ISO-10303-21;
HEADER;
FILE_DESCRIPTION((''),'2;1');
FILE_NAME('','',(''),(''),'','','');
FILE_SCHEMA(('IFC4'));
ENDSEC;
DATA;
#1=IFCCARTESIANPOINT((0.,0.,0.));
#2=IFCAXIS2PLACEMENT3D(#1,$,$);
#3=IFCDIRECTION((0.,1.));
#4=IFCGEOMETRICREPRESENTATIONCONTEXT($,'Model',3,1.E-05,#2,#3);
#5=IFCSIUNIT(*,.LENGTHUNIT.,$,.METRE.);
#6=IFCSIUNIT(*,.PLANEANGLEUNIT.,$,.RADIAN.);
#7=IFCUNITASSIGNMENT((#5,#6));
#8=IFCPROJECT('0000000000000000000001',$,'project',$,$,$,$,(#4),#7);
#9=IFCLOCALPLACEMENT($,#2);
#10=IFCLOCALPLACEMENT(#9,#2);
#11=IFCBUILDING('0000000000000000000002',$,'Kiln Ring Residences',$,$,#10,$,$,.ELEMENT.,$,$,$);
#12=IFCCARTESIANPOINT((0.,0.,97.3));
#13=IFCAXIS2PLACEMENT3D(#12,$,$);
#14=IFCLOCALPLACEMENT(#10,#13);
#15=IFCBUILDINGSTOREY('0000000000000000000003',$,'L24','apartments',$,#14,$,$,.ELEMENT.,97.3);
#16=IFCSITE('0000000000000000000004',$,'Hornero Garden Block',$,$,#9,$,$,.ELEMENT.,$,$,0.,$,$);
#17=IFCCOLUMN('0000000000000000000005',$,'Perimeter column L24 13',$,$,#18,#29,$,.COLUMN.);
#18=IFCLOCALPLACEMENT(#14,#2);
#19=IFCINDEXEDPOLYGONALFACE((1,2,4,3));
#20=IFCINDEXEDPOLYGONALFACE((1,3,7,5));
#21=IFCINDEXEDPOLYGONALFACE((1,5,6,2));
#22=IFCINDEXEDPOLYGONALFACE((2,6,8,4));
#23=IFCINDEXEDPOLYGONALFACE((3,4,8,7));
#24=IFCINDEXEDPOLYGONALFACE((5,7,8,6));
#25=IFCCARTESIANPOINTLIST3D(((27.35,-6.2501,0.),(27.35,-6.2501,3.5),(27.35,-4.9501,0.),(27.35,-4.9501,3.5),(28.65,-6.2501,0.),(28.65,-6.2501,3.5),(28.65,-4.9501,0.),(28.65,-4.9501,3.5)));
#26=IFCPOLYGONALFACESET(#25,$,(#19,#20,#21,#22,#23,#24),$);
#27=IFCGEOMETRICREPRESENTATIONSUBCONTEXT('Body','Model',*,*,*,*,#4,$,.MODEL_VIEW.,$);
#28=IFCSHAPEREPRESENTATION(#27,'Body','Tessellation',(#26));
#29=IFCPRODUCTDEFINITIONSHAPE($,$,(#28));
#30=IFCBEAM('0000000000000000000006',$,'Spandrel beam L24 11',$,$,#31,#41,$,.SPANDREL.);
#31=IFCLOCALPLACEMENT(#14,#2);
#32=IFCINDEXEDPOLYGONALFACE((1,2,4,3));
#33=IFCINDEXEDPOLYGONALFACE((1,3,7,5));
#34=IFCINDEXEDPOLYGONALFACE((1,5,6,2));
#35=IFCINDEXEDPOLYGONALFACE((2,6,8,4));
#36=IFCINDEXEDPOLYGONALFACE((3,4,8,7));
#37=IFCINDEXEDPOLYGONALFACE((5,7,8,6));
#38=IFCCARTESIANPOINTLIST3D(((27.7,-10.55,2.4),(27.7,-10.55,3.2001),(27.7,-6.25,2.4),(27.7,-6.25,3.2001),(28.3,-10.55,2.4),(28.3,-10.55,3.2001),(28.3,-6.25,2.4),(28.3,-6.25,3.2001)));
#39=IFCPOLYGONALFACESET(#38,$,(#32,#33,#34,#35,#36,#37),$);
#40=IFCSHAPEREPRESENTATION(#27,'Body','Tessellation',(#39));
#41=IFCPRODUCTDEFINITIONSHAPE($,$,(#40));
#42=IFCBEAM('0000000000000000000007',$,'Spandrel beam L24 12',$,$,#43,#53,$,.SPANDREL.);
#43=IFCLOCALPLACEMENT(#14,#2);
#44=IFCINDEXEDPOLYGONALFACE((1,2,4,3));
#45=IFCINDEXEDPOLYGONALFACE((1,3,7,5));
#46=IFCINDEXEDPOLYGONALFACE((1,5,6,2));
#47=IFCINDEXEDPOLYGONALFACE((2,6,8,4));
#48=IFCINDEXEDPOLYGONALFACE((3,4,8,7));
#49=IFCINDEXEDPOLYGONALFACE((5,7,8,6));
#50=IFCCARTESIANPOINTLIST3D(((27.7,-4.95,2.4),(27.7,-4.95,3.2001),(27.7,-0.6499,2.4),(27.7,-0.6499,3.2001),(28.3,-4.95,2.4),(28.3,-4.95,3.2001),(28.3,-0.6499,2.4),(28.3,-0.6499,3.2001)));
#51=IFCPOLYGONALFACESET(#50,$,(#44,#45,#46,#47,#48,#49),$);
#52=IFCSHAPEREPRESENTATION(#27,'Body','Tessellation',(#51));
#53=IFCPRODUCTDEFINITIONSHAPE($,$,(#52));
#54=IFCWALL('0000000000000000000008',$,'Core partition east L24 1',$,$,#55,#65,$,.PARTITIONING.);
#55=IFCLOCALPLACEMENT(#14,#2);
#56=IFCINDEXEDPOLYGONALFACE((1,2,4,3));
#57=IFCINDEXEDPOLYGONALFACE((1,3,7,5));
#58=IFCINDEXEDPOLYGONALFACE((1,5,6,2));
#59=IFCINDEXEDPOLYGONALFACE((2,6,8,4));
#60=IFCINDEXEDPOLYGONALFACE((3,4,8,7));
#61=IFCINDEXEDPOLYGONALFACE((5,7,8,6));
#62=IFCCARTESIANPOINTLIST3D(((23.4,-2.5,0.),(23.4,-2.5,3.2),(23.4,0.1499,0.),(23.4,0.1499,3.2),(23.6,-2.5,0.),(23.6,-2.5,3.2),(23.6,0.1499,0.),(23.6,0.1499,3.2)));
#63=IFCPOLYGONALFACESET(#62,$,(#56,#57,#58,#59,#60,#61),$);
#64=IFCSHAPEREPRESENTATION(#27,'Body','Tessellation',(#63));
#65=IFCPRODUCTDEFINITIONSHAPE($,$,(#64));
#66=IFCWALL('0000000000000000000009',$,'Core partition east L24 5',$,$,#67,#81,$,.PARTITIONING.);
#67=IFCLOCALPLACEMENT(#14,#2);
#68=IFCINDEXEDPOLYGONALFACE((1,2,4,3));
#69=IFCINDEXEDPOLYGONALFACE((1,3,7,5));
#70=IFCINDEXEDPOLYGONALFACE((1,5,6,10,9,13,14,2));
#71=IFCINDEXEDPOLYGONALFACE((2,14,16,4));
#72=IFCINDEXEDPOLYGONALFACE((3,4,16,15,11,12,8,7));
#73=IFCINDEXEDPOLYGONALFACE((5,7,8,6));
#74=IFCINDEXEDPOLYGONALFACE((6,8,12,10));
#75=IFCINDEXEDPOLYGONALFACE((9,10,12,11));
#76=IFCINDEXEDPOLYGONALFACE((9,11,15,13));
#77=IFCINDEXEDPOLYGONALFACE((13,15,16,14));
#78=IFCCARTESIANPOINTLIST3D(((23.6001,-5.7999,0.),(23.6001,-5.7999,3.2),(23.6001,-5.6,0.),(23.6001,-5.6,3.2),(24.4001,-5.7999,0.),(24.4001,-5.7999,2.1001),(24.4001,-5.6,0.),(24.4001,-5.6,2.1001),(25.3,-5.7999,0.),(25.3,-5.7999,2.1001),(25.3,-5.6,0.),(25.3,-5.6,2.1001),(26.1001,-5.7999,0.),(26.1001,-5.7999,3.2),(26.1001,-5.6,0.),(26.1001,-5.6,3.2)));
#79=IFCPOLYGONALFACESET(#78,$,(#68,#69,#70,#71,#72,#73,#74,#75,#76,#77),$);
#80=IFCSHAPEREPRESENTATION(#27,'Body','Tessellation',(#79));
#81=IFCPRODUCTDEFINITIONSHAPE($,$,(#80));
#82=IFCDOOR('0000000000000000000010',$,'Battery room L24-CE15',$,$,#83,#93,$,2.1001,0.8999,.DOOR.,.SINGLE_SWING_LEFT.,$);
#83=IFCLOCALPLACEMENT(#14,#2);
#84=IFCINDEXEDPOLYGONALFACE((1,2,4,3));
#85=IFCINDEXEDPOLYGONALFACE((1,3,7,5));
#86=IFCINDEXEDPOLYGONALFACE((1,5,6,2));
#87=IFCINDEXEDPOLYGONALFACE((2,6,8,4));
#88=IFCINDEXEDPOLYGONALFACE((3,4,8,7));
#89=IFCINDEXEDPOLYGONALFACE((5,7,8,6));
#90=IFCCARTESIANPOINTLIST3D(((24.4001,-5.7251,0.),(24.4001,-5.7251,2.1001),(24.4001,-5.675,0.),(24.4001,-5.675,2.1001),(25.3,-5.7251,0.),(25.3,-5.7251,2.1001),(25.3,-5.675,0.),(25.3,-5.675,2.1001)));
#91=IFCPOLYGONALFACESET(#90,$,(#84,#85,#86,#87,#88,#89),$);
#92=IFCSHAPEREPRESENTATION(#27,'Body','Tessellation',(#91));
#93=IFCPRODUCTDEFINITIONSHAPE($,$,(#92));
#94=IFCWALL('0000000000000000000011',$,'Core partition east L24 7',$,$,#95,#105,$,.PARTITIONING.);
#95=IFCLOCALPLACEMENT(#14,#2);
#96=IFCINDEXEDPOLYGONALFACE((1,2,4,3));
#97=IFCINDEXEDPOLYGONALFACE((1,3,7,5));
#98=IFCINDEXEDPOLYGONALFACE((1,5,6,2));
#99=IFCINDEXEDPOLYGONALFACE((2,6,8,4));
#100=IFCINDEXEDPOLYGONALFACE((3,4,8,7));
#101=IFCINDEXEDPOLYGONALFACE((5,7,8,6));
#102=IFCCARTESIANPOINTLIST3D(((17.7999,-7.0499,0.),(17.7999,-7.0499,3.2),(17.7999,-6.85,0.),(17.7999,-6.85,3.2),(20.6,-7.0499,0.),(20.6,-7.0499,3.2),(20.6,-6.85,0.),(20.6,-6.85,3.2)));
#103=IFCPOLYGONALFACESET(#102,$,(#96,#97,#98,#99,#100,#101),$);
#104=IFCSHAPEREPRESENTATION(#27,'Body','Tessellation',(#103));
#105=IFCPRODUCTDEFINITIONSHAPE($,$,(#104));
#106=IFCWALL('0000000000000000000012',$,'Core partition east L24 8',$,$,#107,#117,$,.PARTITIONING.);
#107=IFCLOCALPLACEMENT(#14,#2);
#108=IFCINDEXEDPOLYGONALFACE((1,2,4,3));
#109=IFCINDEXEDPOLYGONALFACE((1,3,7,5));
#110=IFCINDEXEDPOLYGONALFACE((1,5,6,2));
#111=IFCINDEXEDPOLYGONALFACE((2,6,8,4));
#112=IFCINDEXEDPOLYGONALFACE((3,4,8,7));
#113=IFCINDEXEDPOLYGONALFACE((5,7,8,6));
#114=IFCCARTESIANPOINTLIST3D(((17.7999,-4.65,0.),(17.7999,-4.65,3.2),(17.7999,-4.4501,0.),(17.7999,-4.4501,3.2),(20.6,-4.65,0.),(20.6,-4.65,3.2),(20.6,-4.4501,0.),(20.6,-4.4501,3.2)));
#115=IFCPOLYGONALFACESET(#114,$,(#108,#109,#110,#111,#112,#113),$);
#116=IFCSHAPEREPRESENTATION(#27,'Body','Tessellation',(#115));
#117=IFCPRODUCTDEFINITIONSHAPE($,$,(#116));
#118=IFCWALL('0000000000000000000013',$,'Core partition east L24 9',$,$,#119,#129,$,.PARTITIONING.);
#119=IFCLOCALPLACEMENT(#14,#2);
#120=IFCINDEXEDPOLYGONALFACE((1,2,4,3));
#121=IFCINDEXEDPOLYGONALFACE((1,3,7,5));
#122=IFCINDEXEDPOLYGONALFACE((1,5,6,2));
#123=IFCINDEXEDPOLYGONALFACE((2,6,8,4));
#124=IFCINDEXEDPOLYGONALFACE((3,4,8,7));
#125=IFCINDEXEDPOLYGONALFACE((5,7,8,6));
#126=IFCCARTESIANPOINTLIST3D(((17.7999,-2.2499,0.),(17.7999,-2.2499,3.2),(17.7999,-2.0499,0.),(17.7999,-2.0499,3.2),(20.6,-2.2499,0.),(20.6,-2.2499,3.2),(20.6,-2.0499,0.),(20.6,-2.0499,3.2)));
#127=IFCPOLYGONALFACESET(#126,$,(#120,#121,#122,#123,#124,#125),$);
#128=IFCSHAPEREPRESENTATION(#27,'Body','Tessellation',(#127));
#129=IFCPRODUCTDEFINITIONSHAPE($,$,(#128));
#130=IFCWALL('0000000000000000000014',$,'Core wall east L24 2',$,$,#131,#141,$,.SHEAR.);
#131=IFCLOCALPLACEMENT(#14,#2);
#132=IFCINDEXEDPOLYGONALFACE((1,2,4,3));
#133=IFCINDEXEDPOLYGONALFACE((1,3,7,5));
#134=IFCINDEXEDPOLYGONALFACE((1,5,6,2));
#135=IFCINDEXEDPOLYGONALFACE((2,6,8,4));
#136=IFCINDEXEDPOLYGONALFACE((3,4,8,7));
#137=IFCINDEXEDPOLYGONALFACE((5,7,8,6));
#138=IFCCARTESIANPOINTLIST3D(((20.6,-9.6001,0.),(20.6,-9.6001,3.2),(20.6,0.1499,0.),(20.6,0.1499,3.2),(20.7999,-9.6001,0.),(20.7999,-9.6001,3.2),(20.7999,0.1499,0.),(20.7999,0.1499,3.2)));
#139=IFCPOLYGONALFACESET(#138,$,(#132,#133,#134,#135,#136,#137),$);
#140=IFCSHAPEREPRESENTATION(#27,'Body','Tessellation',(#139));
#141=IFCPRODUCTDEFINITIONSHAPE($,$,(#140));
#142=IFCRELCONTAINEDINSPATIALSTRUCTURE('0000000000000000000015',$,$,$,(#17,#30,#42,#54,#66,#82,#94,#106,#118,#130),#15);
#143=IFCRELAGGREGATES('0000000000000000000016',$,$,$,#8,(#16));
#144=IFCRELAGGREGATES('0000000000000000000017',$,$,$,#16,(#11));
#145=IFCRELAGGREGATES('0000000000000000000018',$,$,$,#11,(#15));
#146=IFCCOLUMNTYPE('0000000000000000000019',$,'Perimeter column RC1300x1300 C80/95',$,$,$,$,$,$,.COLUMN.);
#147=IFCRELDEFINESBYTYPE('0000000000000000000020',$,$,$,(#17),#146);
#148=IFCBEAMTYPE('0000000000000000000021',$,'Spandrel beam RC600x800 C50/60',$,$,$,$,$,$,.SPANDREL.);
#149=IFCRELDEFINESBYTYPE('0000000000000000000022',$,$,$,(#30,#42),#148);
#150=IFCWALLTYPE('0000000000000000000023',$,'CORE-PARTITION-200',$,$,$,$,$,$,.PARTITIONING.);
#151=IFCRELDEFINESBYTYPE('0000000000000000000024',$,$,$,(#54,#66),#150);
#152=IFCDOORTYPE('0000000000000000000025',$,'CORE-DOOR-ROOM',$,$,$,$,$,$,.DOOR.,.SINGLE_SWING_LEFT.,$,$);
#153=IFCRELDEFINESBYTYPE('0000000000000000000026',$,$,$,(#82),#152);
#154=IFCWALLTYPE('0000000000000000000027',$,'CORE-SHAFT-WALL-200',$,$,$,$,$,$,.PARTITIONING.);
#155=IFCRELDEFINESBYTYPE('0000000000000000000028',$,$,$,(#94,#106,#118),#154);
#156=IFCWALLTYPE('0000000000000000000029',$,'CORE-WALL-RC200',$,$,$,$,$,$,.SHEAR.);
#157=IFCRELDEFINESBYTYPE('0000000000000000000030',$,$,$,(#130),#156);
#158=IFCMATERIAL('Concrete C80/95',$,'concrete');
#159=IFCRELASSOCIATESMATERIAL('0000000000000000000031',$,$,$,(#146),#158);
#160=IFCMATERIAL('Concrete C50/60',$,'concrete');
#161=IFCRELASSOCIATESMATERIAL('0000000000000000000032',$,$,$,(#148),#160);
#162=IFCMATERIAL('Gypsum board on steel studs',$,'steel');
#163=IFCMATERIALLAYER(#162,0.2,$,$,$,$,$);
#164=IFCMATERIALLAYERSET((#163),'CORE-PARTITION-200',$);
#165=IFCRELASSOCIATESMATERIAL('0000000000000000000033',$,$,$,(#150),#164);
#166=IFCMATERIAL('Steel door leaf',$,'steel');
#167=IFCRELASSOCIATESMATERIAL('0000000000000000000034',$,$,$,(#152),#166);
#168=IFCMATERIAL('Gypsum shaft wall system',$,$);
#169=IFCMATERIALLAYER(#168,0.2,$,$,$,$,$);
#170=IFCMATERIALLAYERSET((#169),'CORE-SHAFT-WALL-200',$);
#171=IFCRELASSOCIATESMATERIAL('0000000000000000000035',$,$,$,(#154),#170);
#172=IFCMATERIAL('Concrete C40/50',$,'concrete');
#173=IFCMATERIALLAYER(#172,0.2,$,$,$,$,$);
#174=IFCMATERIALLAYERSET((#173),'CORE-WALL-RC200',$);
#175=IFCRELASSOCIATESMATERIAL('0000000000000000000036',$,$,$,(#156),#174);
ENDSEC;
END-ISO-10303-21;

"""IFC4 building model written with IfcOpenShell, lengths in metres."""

from ifc_helpers import new_model, si_unit, direction, frame, frame_2d, origin, origin_2d, place, context, subcontext, project, spatial, rectangle, extrude, material, layer, layer_set, material_profile, profile_set, type_object, element, fill, save


model = new_model("IFC4")

# Units and contexts
model_context = context("Model", 3, precision=1e-05, world=origin(), true_north=direction((0.0, 1.0)))
body_context = subcontext(model_context, "Body", "Model", "MODEL_VIEW")
ifc_project = project(units=[si_unit("LENGTHUNIT", "METRE"), si_unit("PLANEANGLEUNIT", "RADIAN")], contexts=[model_context])

# Site, building, storey
site_placement = place(None, origin())
site = spatial("IfcSite", under=ifc_project, at=site_placement, Name="Hornero Garden Block", CompositionType="ELEMENT", RefElevation=0.0)
building_placement = place(site_placement, origin())
building = spatial("IfcBuilding", under=site, at=building_placement, Name="Kiln Ring Residences", CompositionType="ELEMENT")
storey_placement = place(building_placement, frame((0.0, 0.0, 97.3)))
storey = spatial("IfcBuildingStorey", under=building, at=storey_placement, Name="L24", Description="apartments", CompositionType="ELEMENT", Elevation=97.3)

# Column
ifc_material_1 = material(Name="Concrete C80/95", Category="concrete")
ifc_material_profile_1 = material_profile(ifc_material_1, rectangle(XDim=1.3, YDim=1.3, at=origin_2d()), Name="RC1300x1300")
ifc_profile_set_1 = profile_set([ifc_material_profile_1], Name="Concrete C80/95")
column_type = type_object("IfcColumnType", Name="Perimeter column RC1300x1300 C80/95", PredefinedType="COLUMN", material=ifc_profile_set_1)
column_placement = place(storey_placement, frame((28.0, -5.6001, 0.0), z_axis=(0.0, 0.0, 1.0), x_axis=(1.0, 0.0, 0.0)))
element("IfcColumn", 1, at=column_placement, inside=storey, type_object=column_type, Name="Perimeter column L24 13", PredefinedType="COLUMN", context=body_context, shape_type="SweptSolid", body=[
    extrude(rectangle(XDim=1.3, YDim=1.3, at=origin_2d()), origin(), (0.0, 0.0, 1.0), 3.5),
])

# Beams
ifc_material_2 = material(Name="Concrete C50/60", Category="concrete")
ifc_material_profile_2 = material_profile(ifc_material_2, rectangle(XDim=0.6001, YDim=0.8, at=origin_2d()), Name="RC600x800")
ifc_profile_set_2 = profile_set([ifc_material_profile_2], Name="Concrete C50/60")
beam_type = type_object("IfcBeamType", Name="Spandrel beam RC600x800 C50/60", PredefinedType="SPANDREL", material=ifc_profile_set_2)
for number, where, z_axis, x_axis, name in (
    (2, (28.0, -10.55, 2.8), (0.0, 1.0, 0.0), (-1.0, 0.0, 0.0), "Spandrel beam L24 11"),
    (3, (28.0, -4.95, 2.8), (0.0, 1.0, 0.0), (-1.0, 0.0, 0.0), "Spandrel beam L24 12"),
):
    element("IfcBeam", number, at=place(storey_placement, frame(where, z_axis=z_axis, x_axis=x_axis)), inside=storey, type_object=beam_type, Name=name, PredefinedType="SPANDREL", context=body_context, shape_type="SweptSolid", body=[
        extrude(rectangle(XDim=0.6001, YDim=0.8, at=origin_2d()), origin(), (0.0, 0.0, 1.0), 4.3),
    ])

# Wall
ifc_material_3 = material(Name="Gypsum board on steel studs", Category="steel")
ifc_layer_1 = layer(ifc_material_3, 0.2)
ifc_layer_set_1 = layer_set([ifc_layer_1], Name="CORE-PARTITION-200")
wall_type_1 = type_object("IfcWallType", Name="CORE-PARTITION-200", PredefinedType="PARTITIONING", material=ifc_layer_set_1)
wall_1_placement = place(storey_placement, frame((23.5, -2.5, 0.0), z_axis=(0.0, 0.0, 1.0), x_axis=(0.0, 1.0, 0.0)))
element("IfcWall", 4, at=wall_1_placement, inside=storey, type_object=wall_type_1, Name="Core partition east L24 1", PredefinedType="PARTITIONING", context=body_context, shape_type="SweptSolid", body=[
    extrude(rectangle(XDim=2.6499, YDim=0.2, at=frame_2d((1.325, 0.0))), origin(), (0.0, 0.0, 1.0), 3.2),
])

# Wall, opening, door
wall_2_placement = place(storey_placement, frame((23.6001, -5.7, 0.0), z_axis=(0.0, 0.0, 1.0), x_axis=(1.0, 0.0, 0.0)))
wall_2 = element("IfcWall", 5, at=wall_2_placement, inside=storey, type_object=wall_type_1, Name="Core partition east L24 5", PredefinedType="PARTITIONING", context=body_context, shape_type="SweptSolid", body=[
    extrude(rectangle(XDim=2.5, YDim=0.2, at=frame_2d((1.25, 0.0))), origin(), (0.0, 0.0, 1.0), 3.2),
])
opening_1_placement = place(wall_2_placement, frame((0.8, 0.0, 0.0)))
opening_1 = element("IfcOpeningElement", 6, at=opening_1_placement, cuts=wall_2, PredefinedType="OPENING", context=body_context, shape_type="SweptSolid", body=[
    extrude(rectangle(XDim=0.8999, YDim=2.1001, at=frame_2d((0.45, 1.05))), frame((0.0, 0.1099, 0.0), z_axis=(0.0, -1.0, 0.0), x_axis=(1.0, 0.0, 0.0)), (0.0, 0.0, 1.0), 0.22),
])
ifc_material_4 = material(Name="Steel door leaf", Category="steel")
door_type_1 = type_object("IfcDoorType", Name="CORE-DOOR-ROOM", OperationType="SINGLE_SWING_LEFT", PredefinedType="DOOR", material=ifc_material_4)
door_1_placement = place(opening_1_placement, origin())
door_1 = element("IfcDoor", 7, at=door_1_placement, inside=storey, type_object=door_type_1, Name="Battery room L24-CE15", OperationType="SINGLE_SWING_LEFT", OverallHeight=2.1001, OverallWidth=0.8999, PredefinedType="DOOR", context=body_context, shape_type="SweptSolid", body=[
    extrude(rectangle(XDim=0.8999, YDim=2.1001, at=frame_2d((0.45, 1.05))), frame((0.0, 0.0249, 0.0), z_axis=(0.0, -1.0, 0.0), x_axis=(1.0, 0.0, 0.0)), (0.0, 0.0, 1.0), 0.05),
])
fill(opening_1, door_1)

# Walls
ifc_material_5 = material(Name="Gypsum shaft wall system")
ifc_layer_2 = layer(ifc_material_5, 0.2)
ifc_layer_set_2 = layer_set([ifc_layer_2], Name="CORE-SHAFT-WALL-200")
wall_type_2 = type_object("IfcWallType", Name="CORE-SHAFT-WALL-200", PredefinedType="PARTITIONING", material=ifc_layer_set_2)
for number, where, z_axis, x_axis, name in (
    (8, (17.8, -6.95, 0.0), (0.0, 0.0, 1.0), (1.0, 0.0, 0.0), "Core partition east L24 7"),
    (9, (17.8, -4.55, 0.0), (0.0, 0.0, 1.0), (1.0, 0.0, 0.0), "Core partition east L24 8"),
    (10, (17.8, -2.1499, 0.0), (0.0, 0.0, 1.0), (1.0, 0.0, 0.0), "Core partition east L24 9"),
):
    element("IfcWall", number, at=place(storey_placement, frame(where, z_axis=z_axis, x_axis=x_axis)), inside=storey, type_object=wall_type_2, Name=name, PredefinedType="PARTITIONING", context=body_context, shape_type="SweptSolid", body=[
        extrude(rectangle(XDim=2.8, YDim=0.2, at=frame_2d((1.3999, 0.0))), origin(), (0.0, 0.0, 1.0), 3.2),
    ])
ifc_material_6 = material(Name="Concrete C40/50", Category="concrete")
ifc_layer_3 = layer(ifc_material_6, 0.2)
ifc_layer_set_3 = layer_set([ifc_layer_3], Name="CORE-WALL-RC200")
wall_type_3 = type_object("IfcWallType", Name="CORE-WALL-RC200", PredefinedType="SHEAR", material=ifc_layer_set_3)
wall_3_placement = place(storey_placement, frame((20.7, -9.6001, 0.0), z_axis=(0.0, 0.0, 1.0), x_axis=(0.0, 1.0, 0.0)))
element("IfcWall", 11, at=wall_3_placement, inside=storey, type_object=wall_type_3, Name="Core wall east L24 2", PredefinedType="SHEAR", context=body_context, shape_type="SweptSolid", body=[
    extrude(rectangle(XDim=9.75, YDim=0.2, at=frame_2d((4.875, 0.0))), origin(), (0.0, 0.0, 1.0), 3.2),
])

save(model, "model.ifc")
